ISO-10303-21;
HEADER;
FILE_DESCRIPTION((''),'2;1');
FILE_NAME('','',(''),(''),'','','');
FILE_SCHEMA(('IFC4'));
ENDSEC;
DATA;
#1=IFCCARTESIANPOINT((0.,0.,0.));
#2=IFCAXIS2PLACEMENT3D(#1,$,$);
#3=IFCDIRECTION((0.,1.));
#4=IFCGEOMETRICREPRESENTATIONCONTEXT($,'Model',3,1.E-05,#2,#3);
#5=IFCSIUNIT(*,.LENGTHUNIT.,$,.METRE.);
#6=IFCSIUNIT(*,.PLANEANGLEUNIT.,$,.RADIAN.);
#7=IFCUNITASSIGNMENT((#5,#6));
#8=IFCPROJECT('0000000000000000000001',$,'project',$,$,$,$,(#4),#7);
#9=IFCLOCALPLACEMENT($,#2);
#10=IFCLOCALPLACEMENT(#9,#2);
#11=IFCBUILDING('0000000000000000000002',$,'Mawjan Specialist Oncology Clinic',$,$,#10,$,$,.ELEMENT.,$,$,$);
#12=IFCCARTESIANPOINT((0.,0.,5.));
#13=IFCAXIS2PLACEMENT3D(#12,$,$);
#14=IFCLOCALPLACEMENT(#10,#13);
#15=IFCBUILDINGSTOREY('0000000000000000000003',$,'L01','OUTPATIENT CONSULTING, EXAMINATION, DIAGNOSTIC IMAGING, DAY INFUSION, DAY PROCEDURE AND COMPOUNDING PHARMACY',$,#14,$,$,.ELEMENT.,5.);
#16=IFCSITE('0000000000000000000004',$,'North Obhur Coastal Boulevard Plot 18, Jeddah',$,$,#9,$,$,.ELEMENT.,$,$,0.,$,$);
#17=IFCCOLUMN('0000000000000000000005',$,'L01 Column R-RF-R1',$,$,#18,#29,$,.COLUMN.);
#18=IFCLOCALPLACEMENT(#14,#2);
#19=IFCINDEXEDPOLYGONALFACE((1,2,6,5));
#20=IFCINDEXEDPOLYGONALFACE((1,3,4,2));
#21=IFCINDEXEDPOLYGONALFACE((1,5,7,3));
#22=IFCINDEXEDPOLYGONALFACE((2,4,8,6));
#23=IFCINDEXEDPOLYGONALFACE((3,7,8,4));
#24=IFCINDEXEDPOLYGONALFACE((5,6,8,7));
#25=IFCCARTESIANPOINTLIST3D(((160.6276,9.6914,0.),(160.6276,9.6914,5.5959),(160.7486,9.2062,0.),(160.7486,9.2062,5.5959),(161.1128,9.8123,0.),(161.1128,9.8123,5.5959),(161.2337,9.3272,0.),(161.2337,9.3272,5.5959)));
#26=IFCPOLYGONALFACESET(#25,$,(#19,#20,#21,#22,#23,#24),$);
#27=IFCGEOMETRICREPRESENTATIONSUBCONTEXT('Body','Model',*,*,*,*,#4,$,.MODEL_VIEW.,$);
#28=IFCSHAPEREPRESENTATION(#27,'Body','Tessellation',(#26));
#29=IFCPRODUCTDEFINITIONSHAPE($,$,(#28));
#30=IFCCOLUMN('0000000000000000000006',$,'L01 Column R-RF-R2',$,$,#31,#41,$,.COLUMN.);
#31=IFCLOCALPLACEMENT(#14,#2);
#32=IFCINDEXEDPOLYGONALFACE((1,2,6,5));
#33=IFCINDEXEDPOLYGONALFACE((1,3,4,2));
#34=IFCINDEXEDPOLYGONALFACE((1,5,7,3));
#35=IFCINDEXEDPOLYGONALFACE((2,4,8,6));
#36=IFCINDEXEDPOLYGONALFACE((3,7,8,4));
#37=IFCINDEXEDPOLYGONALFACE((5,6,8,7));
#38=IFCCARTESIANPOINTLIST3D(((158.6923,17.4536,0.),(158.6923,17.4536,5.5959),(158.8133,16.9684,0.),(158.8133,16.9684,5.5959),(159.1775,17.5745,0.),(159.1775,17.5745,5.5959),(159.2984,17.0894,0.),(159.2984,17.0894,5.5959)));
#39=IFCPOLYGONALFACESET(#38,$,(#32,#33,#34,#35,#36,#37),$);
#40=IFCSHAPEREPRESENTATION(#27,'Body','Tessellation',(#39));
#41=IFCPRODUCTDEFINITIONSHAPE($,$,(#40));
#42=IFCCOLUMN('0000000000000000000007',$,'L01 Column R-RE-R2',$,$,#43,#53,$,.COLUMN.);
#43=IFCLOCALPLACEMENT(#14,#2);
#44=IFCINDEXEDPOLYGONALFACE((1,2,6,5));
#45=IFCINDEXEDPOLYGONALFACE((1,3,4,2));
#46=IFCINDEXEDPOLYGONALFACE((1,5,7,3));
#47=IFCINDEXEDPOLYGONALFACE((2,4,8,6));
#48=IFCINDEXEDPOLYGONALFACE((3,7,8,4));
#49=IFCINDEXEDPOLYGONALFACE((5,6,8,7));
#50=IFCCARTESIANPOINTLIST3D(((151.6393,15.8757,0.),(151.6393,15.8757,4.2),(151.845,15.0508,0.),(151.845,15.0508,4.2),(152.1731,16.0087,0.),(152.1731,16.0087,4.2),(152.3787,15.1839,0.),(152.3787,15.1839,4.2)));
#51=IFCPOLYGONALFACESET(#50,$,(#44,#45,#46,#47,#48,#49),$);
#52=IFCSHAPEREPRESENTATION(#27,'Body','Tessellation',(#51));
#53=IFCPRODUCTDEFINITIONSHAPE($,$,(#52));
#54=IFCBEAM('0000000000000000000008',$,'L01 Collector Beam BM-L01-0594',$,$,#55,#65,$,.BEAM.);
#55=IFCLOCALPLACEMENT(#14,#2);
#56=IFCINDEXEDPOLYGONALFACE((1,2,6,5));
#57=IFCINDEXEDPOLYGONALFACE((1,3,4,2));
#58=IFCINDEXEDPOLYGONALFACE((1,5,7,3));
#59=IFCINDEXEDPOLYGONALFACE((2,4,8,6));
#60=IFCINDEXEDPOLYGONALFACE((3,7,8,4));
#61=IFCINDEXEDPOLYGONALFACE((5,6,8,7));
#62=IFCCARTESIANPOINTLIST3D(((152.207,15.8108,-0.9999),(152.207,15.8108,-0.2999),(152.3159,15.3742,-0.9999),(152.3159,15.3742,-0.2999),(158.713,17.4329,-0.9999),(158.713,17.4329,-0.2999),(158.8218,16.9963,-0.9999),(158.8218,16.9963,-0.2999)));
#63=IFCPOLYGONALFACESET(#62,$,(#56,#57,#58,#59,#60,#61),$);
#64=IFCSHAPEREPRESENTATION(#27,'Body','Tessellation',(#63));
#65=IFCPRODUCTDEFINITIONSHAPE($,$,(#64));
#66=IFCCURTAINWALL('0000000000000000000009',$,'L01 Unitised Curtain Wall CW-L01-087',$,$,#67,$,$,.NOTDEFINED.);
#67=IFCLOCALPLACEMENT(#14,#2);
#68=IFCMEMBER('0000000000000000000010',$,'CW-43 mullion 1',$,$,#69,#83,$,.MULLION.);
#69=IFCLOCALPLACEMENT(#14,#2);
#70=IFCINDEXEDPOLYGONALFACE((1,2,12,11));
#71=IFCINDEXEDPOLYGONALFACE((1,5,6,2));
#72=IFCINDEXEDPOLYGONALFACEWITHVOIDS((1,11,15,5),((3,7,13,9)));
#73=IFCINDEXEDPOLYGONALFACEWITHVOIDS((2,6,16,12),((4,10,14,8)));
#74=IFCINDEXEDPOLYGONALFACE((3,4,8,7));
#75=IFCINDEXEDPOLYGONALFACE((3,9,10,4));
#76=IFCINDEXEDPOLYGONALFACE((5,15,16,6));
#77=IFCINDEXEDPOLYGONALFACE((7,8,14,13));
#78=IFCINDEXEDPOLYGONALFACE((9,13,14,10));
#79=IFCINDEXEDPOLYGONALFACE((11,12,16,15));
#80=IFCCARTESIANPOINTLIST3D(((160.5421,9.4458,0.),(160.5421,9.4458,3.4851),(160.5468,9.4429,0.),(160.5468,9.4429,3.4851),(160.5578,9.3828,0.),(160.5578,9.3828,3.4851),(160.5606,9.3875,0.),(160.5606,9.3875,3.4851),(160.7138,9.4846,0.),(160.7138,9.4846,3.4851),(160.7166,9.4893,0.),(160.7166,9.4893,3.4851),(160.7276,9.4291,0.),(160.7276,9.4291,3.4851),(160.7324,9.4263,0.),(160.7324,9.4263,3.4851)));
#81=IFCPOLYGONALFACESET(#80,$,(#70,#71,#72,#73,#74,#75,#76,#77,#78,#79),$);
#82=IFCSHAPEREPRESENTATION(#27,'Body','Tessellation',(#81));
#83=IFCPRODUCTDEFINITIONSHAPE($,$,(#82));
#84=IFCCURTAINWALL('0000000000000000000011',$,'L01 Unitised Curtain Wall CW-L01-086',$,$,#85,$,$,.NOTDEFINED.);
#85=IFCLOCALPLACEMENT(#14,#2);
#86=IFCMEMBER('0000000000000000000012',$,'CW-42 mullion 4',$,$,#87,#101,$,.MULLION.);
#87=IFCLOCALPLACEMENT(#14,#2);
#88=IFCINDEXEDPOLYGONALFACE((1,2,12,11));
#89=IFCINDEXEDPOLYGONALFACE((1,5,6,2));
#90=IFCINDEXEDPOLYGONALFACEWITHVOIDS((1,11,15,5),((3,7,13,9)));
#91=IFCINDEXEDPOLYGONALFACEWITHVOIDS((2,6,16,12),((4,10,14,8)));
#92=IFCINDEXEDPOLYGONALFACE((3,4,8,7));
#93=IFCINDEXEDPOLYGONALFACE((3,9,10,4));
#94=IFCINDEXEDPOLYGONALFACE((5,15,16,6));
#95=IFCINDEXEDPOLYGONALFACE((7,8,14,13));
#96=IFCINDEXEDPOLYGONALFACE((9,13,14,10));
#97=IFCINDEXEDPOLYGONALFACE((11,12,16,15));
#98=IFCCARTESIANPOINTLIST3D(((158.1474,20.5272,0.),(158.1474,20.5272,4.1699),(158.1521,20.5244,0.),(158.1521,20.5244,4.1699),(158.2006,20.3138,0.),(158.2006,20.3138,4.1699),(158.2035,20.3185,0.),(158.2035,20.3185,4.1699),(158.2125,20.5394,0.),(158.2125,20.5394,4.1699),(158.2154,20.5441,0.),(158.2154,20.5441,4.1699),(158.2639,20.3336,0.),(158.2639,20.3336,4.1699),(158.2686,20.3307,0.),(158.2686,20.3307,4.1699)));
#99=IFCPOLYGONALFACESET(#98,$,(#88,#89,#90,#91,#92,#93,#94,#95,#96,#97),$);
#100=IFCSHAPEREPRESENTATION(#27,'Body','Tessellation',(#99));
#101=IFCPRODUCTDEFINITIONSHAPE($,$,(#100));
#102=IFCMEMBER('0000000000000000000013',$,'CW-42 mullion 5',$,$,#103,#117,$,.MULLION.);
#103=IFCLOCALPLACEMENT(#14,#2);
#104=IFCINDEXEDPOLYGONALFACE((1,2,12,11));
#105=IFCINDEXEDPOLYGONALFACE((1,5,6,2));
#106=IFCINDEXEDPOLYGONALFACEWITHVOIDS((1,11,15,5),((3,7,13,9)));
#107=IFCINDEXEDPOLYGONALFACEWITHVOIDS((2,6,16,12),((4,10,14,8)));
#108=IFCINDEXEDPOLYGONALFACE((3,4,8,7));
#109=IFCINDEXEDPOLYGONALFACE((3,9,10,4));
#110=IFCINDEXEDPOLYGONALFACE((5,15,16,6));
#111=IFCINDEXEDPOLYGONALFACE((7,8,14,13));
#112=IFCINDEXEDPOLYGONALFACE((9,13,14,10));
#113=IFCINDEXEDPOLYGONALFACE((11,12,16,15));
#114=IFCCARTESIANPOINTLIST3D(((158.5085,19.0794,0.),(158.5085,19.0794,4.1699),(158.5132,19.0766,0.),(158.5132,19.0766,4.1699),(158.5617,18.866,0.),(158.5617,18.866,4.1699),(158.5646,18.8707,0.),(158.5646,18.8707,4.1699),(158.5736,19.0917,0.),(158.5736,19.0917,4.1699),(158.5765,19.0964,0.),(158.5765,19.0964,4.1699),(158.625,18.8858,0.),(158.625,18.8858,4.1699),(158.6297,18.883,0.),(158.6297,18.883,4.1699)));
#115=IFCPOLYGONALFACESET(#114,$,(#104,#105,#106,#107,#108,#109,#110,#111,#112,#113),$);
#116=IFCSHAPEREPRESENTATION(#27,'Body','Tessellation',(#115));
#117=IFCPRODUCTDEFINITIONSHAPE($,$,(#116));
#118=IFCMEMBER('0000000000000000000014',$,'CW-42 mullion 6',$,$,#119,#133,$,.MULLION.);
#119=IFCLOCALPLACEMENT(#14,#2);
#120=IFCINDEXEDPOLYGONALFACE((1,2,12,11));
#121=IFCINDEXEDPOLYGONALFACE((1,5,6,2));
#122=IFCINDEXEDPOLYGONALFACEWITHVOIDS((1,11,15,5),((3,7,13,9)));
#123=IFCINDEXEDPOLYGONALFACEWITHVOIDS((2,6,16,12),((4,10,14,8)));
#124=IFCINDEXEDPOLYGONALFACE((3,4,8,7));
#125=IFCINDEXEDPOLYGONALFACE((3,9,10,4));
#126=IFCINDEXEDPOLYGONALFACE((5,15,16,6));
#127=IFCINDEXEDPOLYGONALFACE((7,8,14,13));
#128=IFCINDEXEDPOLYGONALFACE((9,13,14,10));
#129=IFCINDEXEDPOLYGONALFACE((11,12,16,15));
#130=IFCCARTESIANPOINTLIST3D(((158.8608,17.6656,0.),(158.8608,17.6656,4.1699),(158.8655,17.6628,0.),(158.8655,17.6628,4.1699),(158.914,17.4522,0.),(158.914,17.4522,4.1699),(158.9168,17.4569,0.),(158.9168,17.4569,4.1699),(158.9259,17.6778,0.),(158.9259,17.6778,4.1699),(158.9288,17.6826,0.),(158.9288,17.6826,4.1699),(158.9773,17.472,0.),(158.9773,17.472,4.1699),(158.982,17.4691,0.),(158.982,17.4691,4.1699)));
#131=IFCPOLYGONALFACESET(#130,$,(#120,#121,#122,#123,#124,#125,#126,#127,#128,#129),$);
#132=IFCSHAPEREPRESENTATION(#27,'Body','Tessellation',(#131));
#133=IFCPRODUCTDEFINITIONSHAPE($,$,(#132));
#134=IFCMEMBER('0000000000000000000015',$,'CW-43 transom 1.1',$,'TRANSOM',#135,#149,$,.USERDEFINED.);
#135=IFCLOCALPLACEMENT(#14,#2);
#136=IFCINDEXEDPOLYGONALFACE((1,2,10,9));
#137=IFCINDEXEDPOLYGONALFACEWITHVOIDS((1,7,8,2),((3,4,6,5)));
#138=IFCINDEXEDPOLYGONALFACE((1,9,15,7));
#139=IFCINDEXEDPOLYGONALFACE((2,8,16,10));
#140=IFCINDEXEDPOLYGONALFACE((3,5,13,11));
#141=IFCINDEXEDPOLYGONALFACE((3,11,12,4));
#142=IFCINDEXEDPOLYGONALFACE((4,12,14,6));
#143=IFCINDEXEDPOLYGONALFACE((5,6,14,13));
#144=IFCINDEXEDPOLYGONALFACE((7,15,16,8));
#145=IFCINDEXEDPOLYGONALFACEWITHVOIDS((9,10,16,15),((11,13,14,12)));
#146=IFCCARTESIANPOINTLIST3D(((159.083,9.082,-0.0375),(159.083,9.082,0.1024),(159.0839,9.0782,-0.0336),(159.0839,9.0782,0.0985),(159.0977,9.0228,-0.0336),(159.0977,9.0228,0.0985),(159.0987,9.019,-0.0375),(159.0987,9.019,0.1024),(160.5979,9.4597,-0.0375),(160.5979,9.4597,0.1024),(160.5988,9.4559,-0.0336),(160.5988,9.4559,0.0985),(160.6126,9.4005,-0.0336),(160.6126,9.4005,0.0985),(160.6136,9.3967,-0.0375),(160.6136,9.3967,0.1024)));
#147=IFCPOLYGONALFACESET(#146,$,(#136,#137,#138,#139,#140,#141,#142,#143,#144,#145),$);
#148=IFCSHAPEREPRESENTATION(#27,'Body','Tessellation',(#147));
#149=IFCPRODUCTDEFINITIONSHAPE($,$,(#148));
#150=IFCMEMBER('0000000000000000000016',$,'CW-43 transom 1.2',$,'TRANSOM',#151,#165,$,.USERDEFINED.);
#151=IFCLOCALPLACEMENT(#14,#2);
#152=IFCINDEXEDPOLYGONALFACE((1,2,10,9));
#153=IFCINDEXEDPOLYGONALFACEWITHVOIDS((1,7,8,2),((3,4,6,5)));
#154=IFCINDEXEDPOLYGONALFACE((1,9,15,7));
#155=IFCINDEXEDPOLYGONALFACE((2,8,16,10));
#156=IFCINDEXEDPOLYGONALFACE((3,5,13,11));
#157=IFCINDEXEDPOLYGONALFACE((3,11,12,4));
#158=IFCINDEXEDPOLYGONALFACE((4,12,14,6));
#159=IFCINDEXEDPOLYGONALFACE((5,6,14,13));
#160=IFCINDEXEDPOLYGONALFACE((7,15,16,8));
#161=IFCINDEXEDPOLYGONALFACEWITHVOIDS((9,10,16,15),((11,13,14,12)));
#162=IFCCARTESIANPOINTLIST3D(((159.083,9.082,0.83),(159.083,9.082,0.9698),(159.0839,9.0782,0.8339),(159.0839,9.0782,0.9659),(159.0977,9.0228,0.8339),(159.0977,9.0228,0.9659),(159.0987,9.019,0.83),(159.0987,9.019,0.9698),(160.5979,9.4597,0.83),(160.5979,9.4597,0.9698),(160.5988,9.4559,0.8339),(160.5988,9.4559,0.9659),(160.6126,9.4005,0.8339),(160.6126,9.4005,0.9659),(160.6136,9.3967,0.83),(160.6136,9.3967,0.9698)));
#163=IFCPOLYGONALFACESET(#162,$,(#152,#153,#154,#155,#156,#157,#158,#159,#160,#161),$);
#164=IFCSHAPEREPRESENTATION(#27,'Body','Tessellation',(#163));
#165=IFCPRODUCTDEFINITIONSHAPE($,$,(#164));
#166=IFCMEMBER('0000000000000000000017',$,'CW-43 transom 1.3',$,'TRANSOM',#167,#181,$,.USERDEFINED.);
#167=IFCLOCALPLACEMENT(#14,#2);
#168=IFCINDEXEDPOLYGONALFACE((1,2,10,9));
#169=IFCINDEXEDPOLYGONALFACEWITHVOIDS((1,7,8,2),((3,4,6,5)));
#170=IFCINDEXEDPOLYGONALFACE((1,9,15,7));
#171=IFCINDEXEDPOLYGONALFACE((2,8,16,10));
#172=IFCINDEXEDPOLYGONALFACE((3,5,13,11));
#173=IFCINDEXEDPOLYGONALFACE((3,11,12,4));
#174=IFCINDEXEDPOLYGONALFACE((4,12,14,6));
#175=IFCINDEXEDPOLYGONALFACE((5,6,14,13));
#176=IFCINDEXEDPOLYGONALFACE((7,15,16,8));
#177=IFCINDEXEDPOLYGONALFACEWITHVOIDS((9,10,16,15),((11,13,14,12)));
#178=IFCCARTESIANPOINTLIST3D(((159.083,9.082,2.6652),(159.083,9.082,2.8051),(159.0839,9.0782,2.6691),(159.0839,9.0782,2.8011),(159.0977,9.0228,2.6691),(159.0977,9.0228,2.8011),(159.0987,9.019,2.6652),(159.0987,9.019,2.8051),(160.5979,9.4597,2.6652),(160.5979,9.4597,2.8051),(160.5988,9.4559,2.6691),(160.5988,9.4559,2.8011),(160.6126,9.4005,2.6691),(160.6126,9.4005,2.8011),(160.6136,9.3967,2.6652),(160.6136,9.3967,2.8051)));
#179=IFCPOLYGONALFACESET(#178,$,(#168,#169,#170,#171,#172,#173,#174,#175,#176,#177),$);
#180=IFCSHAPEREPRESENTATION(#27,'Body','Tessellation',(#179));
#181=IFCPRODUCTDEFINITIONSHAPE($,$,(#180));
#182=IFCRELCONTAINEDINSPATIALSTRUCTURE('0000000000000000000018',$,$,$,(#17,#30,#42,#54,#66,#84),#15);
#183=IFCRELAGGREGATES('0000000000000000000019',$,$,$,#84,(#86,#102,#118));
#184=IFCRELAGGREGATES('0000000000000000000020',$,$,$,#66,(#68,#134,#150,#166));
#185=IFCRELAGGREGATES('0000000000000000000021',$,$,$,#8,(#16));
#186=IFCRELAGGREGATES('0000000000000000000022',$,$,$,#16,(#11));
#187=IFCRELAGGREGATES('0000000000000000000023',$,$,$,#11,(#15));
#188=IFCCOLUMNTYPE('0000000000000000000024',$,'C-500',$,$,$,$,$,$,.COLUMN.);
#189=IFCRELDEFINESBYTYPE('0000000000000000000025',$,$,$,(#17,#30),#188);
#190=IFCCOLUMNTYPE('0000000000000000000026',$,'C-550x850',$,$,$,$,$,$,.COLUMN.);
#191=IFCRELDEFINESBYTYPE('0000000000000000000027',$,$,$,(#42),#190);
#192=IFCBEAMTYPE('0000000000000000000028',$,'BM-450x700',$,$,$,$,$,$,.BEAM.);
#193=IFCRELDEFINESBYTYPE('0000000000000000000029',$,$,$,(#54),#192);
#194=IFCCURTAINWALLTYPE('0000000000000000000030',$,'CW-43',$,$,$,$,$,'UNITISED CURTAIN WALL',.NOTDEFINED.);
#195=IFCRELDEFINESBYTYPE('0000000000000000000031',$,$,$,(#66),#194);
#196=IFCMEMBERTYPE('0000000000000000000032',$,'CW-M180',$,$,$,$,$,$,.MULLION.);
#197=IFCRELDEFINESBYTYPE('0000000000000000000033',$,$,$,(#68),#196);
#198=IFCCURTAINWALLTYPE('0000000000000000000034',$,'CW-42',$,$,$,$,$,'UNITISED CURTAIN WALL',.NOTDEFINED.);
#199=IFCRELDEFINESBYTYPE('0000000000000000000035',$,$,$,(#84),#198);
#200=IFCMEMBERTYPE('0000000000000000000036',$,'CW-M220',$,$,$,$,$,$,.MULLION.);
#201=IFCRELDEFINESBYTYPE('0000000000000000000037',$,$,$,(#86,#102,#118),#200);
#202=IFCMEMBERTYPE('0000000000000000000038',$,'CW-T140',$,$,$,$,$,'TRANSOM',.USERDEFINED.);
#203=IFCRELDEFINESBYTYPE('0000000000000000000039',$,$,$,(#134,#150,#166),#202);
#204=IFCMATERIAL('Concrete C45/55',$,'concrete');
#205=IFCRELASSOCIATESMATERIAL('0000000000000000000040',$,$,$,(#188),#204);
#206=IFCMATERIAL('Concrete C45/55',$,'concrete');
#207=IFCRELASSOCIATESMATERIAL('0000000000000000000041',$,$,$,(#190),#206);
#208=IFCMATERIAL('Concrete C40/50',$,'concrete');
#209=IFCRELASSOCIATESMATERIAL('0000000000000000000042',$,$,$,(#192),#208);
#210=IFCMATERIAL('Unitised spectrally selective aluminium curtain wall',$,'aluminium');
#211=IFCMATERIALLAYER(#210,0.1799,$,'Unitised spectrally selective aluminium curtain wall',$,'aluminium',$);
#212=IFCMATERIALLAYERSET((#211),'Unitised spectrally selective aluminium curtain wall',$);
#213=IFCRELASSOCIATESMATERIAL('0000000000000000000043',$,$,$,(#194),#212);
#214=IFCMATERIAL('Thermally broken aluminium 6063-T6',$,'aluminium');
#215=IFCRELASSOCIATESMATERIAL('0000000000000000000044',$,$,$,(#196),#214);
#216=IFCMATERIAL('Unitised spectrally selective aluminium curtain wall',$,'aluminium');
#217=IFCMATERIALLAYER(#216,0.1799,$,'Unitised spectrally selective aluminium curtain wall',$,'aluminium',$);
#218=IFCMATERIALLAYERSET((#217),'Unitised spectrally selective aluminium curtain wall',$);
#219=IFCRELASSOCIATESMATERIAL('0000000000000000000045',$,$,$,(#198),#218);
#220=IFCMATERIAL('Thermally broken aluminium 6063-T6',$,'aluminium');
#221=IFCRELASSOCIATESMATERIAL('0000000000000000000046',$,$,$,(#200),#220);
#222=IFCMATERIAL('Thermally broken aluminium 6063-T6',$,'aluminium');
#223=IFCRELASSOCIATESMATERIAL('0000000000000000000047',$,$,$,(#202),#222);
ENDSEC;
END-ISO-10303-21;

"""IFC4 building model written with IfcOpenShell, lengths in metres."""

from ifc_helpers import new_model, si_unit, direction, frame, origin, origin_2d, place, context, subcontext, project, spatial, rectangle, hollow_rectangle, extrude, material, layer, layer_set, material_profile, profile_set, type_object, element, aggregate, save


model = new_model("IFC4")

# Units and contexts
model_context = context("Model", 3, precision=1e-05, world=origin(), true_north=direction((0.0, 1.0)))
body_context = subcontext(model_context, "Body", "Model", "MODEL_VIEW")
ifc_project = project(units=[si_unit("LENGTHUNIT", "METRE"), si_unit("PLANEANGLEUNIT", "RADIAN")], contexts=[model_context])

# Site, building, storey
site_placement = place(None, origin())
site = spatial("IfcSite", under=ifc_project, at=site_placement, Name="North Obhur Coastal Boulevard Plot 18, Jeddah", CompositionType="ELEMENT", RefElevation=0.0)
building_placement = place(site_placement, origin())
building = spatial("IfcBuilding", under=site, at=building_placement, Name="Mawjan Specialist Oncology Clinic", CompositionType="ELEMENT")
storey_placement = place(building_placement, frame((0.0, 0.0, 5.0)))
storey = spatial("IfcBuildingStorey", under=building, at=storey_placement, Name="L01", Description="OUTPATIENT CONSULTING, EXAMINATION, DIAGNOSTIC IMAGING, DAY INFUSION, DAY PROCEDURE AND COMPOUNDING PHARMACY", CompositionType="ELEMENT", Elevation=5.0)

# Columns
ifc_material_1 = material(Name="Concrete C45/55", Category="concrete")
ifc_material_profile_1 = material_profile(ifc_material_1, rectangle(XDim=0.5, YDim=0.5, at=origin_2d()), Name="RC COL 500x500", Category="concrete")
ifc_profile_set_1 = profile_set([ifc_material_profile_1], Name="Concrete C45/55")
column_type_1 = type_object("IfcColumnType", Name="C-500", PredefinedType="COLUMN", material=ifc_profile_set_1)
for number, where, z_axis, x_axis, name in (
    (1, (160.9307, 9.5093, 0.0), (0.0, 0.0, 1.0), (0.970296, 0.241922, 0.0), "L01 Column R-RF-R1"),
    (2, (158.9954, 17.2715, 0.0), (0.0, 0.0, 1.0), (0.970296, 0.241922, 0.0), "L01 Column R-RF-R2"),
):
    element("IfcColumn", number, at=place(storey_placement, frame(where, z_axis=z_axis, x_axis=x_axis)), inside=storey, type_object=column_type_1, Name=name, PredefinedType="COLUMN", context=body_context, shape_type="SweptSolid", body=[
        extrude(rectangle(XDim=0.5, YDim=0.5, at=origin_2d()), origin(), (0.0, 0.0, 1.0), 5.5959),
    ])
ifc_material_2 = material(Name="Concrete C45/55", Category="concrete")
ifc_material_profile_2 = material_profile(ifc_material_2, rectangle(XDim=0.55, YDim=0.8501, at=origin_2d()), Name="RC COL 550x850", Category="concrete")
ifc_profile_set_2 = profile_set([ifc_material_profile_2], Name="Concrete C45/55")
column_type_2 = type_object("IfcColumnType", Name="C-550x850", PredefinedType="COLUMN", material=ifc_profile_set_2)
column_placement = place(storey_placement, frame((152.009, 15.5298, 0.0), z_axis=(0.0, 0.0, 1.0), x_axis=(0.970296, 0.241922, 0.0)))
element("IfcColumn", 3, at=column_placement, inside=storey, type_object=column_type_2, Name="L01 Column R-RE-R2", PredefinedType="COLUMN", context=body_context, shape_type="SweptSolid", body=[
    extrude(rectangle(XDim=0.55, YDim=0.8501, at=origin_2d()), origin(), (0.0, 0.0, 1.0), 4.2),
])

# Beam
ifc_material_3 = material(Name="Concrete C40/50", Category="concrete")
ifc_material_profile_3 = material_profile(ifc_material_3, rectangle(XDim=0.45, YDim=0.7, at=origin_2d()), Name="RC BM 450x700", Category="concrete")
ifc_profile_set_3 = profile_set([ifc_material_profile_3], Name="Concrete C40/50")
beam_type_1 = type_object("IfcBeamType", Name="BM-450x700", PredefinedType="BEAM", material=ifc_profile_set_3)
beam_1_placement = place(storey_placement, frame((152.2615, 15.5925, -0.6499), z_axis=(0.970297, 0.241919, 0.0), x_axis=(-0.241919, 0.970297, 0.0)))
element("IfcBeam", 4, at=beam_1_placement, inside=storey, type_object=beam_type_1, Name="L01 Collector Beam BM-L01-0594", PredefinedType="BEAM", context=body_context, shape_type="SweptSolid", body=[
    extrude(rectangle(XDim=0.45, YDim=0.7, at=origin_2d()), origin(), (0.0, 0.0, 1.0), 6.7051),
])

# Curtain wall, member
ifc_material_4 = material(Name="Unitised spectrally selective aluminium curtain wall", Category="aluminium")
ifc_layer_1 = layer(ifc_material_4, 0.1799, Name="Unitised spectrally selective aluminium curtain wall", Category="aluminium")
ifc_layer_set_1 = layer_set([ifc_layer_1], Name="Unitised spectrally selective aluminium curtain wall")
curtain_wall_type_1 = type_object("IfcCurtainWallType", Name="CW-43", ElementType="UNITISED CURTAIN WALL", PredefinedType="NOTDEFINED", material=ifc_layer_set_1)
curtain_wall_1_placement = place(storey_placement, origin())
curtain_wall_1 = element("IfcCurtainWall", 5, at=curtain_wall_1_placement, inside=storey, type_object=curtain_wall_type_1, Name="L01 Unitised Curtain Wall CW-L01-087", PredefinedType="NOTDEFINED")
ifc_material_5 = material(Name="Thermally broken aluminium 6063-T6", Category="aluminium")
ifc_material_profile_4 = material_profile(ifc_material_5, hollow_rectangle(XDim=0.0649, YDim=0.1799, WallThickness=0.0039, at=origin_2d()), Name="ALU MULLION 180x65x4", Category="aluminium")
ifc_profile_set_4 = profile_set([ifc_material_profile_4], Name="Thermally broken aluminium 6063-T6")
member_type_1 = type_object("IfcMemberType", Name="CW-M180", PredefinedType="MULLION", material=ifc_profile_set_4)
member_1_placement = place(storey_placement, frame((160.6372, 9.436, 0.0), z_axis=(0.0, 0.0, 1.0), x_axis=(0.241922, -0.970296, 0.0)))
member_1 = element("IfcMember", 6, at=member_1_placement, type_object=member_type_1, Name="CW-43 mullion 1", PredefinedType="MULLION", context=body_context, shape_type="SweptSolid", body=[
    extrude(hollow_rectangle(XDim=0.0649, YDim=0.1799, WallThickness=0.0039, at=origin_2d()), origin(), (0.0, 0.0, 1.0), 3.4851),
])

# Curtain wall, members
ifc_material_6 = material(Name="Unitised spectrally selective aluminium curtain wall", Category="aluminium")
ifc_layer_2 = layer(ifc_material_6, 0.1799, Name="Unitised spectrally selective aluminium curtain wall", Category="aluminium")
ifc_layer_set_2 = layer_set([ifc_layer_2], Name="Unitised spectrally selective aluminium curtain wall")
curtain_wall_type_2 = type_object("IfcCurtainWallType", Name="CW-42", ElementType="UNITISED CURTAIN WALL", PredefinedType="NOTDEFINED", material=ifc_layer_set_2)
curtain_wall_2_placement = place(storey_placement, origin())
curtain_wall_2 = element("IfcCurtainWall", 7, at=curtain_wall_2_placement, inside=storey, type_object=curtain_wall_type_2, Name="L01 Unitised Curtain Wall CW-L01-086", PredefinedType="NOTDEFINED")
ifc_material_7 = material(Name="Thermally broken aluminium 6063-T6", Category="aluminium")
ifc_material_profile_5 = material_profile(ifc_material_7, hollow_rectangle(XDim=0.0701, YDim=0.22, WallThickness=0.0039, at=origin_2d()), Name="ALU MULLION 220x70x4", Category="aluminium")
ifc_profile_set_5 = profile_set([ifc_material_profile_5], Name="Thermally broken aluminium 6063-T6")
member_type_2 = type_object("IfcMemberType", Name="CW-M220", PredefinedType="MULLION", material=ifc_profile_set_5)
member_2_placement = place(storey_placement, frame((158.208, 20.429, 0.0), z_axis=(0.0, 0.0, 1.0), x_axis=(0.970296, 0.241922, 0.0)))
member_2 = element("IfcMember", 8, at=member_2_placement, type_object=member_type_2, Name="CW-42 mullion 4", PredefinedType="MULLION", context=body_context, shape_type="SweptSolid", body=[
    extrude(hollow_rectangle(XDim=0.0701, YDim=0.22, WallThickness=0.0039, at=origin_2d()), origin(), (0.0, 0.0, 1.0), 4.1699),
])
member_3_placement = place(storey_placement, frame((158.5691, 18.9812, 0.0), z_axis=(0.0, 0.0, 1.0), x_axis=(0.970296, 0.241922, 0.0)))
member_3 = element("IfcMember", 9, at=member_3_placement, type_object=member_type_2, Name="CW-42 mullion 5", PredefinedType="MULLION", context=body_context, shape_type="SweptSolid", body=[
    extrude(hollow_rectangle(XDim=0.0701, YDim=0.22, WallThickness=0.0039, at=origin_2d()), origin(), (0.0, 0.0, 1.0), 4.1699),
])
member_4_placement = place(storey_placement, frame((158.9214, 17.5674, 0.0), z_axis=(0.0, 0.0, 1.0), x_axis=(0.970296, 0.241922, 0.0)))
member_4 = element("IfcMember", 10, at=member_4_placement, type_object=member_type_2, Name="CW-42 mullion 6", PredefinedType="MULLION", context=body_context, shape_type="SweptSolid", body=[
    extrude(hollow_rectangle(XDim=0.0701, YDim=0.22, WallThickness=0.0039, at=origin_2d()), origin(), (0.0, 0.0, 1.0), 4.1699),
])

# Members
ifc_material_8 = material(Name="Thermally broken aluminium 6063-T6", Category="aluminium")
ifc_material_profile_6 = material_profile(ifc_material_8, hollow_rectangle(XDim=0.0649, YDim=0.1399, WallThickness=0.0039, at=origin_2d()), Name="ALU TRANSOM 140x65x4", Category="aluminium")
ifc_profile_set_6 = profile_set([ifc_material_profile_6], Name="Thermally broken aluminium 6063-T6")
member_type_3 = type_object("IfcMemberType", Name="CW-T140", ElementType="TRANSOM", PredefinedType="USERDEFINED", material=ifc_profile_set_6)
member_5_placement = place(storey_placement, frame((160.6057, 9.4282, 0.0325), z_axis=(-0.970299, -0.24191, 0.0), x_axis=(0.24191, -0.970299, 0.0)))
member_5 = element("IfcMember", 11, at=member_5_placement, type_object=member_type_3, Name="CW-43 transom 1.1", ObjectType="TRANSOM", PredefinedType="USERDEFINED", context=body_context, shape_type="SweptSolid", body=[
    extrude(hollow_rectangle(XDim=0.0649, YDim=0.1399, WallThickness=0.0039, at=origin_2d()), origin(), (0.0, 0.0, 1.0), 1.5613),
])
member_6_placement = place(storey_placement, frame((160.6057, 9.4282, 0.8999), z_axis=(-0.970299, -0.24191, 0.0), x_axis=(0.24191, -0.970299, 0.0)))
member_6 = element("IfcMember", 12, at=member_6_placement, type_object=member_type_3, Name="CW-43 transom 1.2", ObjectType="TRANSOM", PredefinedType="USERDEFINED", context=body_context, shape_type="SweptSolid", body=[
    extrude(hollow_rectangle(XDim=0.0649, YDim=0.1399, WallThickness=0.0039, at=origin_2d()), origin(), (0.0, 0.0, 1.0), 1.5613),
])
member_7_placement = place(storey_placement, frame((160.6057, 9.4282, 2.7351), z_axis=(-0.970299, -0.24191, 0.0), x_axis=(0.24191, -0.970299, 0.0)))
member_7 = element("IfcMember", 13, at=member_7_placement, type_object=member_type_3, Name="CW-43 transom 1.3", ObjectType="TRANSOM", PredefinedType="USERDEFINED", context=body_context, shape_type="SweptSolid", body=[
    extrude(hollow_rectangle(XDim=0.0649, YDim=0.1399, WallThickness=0.0039, at=origin_2d()), origin(), (0.0, 0.0, 1.0), 1.5613),
])

aggregate(curtain_wall_2, [member_2, member_3, member_4])
aggregate(curtain_wall_1, [member_1, member_5, member_6, member_7])

save(model, "model.ifc")
